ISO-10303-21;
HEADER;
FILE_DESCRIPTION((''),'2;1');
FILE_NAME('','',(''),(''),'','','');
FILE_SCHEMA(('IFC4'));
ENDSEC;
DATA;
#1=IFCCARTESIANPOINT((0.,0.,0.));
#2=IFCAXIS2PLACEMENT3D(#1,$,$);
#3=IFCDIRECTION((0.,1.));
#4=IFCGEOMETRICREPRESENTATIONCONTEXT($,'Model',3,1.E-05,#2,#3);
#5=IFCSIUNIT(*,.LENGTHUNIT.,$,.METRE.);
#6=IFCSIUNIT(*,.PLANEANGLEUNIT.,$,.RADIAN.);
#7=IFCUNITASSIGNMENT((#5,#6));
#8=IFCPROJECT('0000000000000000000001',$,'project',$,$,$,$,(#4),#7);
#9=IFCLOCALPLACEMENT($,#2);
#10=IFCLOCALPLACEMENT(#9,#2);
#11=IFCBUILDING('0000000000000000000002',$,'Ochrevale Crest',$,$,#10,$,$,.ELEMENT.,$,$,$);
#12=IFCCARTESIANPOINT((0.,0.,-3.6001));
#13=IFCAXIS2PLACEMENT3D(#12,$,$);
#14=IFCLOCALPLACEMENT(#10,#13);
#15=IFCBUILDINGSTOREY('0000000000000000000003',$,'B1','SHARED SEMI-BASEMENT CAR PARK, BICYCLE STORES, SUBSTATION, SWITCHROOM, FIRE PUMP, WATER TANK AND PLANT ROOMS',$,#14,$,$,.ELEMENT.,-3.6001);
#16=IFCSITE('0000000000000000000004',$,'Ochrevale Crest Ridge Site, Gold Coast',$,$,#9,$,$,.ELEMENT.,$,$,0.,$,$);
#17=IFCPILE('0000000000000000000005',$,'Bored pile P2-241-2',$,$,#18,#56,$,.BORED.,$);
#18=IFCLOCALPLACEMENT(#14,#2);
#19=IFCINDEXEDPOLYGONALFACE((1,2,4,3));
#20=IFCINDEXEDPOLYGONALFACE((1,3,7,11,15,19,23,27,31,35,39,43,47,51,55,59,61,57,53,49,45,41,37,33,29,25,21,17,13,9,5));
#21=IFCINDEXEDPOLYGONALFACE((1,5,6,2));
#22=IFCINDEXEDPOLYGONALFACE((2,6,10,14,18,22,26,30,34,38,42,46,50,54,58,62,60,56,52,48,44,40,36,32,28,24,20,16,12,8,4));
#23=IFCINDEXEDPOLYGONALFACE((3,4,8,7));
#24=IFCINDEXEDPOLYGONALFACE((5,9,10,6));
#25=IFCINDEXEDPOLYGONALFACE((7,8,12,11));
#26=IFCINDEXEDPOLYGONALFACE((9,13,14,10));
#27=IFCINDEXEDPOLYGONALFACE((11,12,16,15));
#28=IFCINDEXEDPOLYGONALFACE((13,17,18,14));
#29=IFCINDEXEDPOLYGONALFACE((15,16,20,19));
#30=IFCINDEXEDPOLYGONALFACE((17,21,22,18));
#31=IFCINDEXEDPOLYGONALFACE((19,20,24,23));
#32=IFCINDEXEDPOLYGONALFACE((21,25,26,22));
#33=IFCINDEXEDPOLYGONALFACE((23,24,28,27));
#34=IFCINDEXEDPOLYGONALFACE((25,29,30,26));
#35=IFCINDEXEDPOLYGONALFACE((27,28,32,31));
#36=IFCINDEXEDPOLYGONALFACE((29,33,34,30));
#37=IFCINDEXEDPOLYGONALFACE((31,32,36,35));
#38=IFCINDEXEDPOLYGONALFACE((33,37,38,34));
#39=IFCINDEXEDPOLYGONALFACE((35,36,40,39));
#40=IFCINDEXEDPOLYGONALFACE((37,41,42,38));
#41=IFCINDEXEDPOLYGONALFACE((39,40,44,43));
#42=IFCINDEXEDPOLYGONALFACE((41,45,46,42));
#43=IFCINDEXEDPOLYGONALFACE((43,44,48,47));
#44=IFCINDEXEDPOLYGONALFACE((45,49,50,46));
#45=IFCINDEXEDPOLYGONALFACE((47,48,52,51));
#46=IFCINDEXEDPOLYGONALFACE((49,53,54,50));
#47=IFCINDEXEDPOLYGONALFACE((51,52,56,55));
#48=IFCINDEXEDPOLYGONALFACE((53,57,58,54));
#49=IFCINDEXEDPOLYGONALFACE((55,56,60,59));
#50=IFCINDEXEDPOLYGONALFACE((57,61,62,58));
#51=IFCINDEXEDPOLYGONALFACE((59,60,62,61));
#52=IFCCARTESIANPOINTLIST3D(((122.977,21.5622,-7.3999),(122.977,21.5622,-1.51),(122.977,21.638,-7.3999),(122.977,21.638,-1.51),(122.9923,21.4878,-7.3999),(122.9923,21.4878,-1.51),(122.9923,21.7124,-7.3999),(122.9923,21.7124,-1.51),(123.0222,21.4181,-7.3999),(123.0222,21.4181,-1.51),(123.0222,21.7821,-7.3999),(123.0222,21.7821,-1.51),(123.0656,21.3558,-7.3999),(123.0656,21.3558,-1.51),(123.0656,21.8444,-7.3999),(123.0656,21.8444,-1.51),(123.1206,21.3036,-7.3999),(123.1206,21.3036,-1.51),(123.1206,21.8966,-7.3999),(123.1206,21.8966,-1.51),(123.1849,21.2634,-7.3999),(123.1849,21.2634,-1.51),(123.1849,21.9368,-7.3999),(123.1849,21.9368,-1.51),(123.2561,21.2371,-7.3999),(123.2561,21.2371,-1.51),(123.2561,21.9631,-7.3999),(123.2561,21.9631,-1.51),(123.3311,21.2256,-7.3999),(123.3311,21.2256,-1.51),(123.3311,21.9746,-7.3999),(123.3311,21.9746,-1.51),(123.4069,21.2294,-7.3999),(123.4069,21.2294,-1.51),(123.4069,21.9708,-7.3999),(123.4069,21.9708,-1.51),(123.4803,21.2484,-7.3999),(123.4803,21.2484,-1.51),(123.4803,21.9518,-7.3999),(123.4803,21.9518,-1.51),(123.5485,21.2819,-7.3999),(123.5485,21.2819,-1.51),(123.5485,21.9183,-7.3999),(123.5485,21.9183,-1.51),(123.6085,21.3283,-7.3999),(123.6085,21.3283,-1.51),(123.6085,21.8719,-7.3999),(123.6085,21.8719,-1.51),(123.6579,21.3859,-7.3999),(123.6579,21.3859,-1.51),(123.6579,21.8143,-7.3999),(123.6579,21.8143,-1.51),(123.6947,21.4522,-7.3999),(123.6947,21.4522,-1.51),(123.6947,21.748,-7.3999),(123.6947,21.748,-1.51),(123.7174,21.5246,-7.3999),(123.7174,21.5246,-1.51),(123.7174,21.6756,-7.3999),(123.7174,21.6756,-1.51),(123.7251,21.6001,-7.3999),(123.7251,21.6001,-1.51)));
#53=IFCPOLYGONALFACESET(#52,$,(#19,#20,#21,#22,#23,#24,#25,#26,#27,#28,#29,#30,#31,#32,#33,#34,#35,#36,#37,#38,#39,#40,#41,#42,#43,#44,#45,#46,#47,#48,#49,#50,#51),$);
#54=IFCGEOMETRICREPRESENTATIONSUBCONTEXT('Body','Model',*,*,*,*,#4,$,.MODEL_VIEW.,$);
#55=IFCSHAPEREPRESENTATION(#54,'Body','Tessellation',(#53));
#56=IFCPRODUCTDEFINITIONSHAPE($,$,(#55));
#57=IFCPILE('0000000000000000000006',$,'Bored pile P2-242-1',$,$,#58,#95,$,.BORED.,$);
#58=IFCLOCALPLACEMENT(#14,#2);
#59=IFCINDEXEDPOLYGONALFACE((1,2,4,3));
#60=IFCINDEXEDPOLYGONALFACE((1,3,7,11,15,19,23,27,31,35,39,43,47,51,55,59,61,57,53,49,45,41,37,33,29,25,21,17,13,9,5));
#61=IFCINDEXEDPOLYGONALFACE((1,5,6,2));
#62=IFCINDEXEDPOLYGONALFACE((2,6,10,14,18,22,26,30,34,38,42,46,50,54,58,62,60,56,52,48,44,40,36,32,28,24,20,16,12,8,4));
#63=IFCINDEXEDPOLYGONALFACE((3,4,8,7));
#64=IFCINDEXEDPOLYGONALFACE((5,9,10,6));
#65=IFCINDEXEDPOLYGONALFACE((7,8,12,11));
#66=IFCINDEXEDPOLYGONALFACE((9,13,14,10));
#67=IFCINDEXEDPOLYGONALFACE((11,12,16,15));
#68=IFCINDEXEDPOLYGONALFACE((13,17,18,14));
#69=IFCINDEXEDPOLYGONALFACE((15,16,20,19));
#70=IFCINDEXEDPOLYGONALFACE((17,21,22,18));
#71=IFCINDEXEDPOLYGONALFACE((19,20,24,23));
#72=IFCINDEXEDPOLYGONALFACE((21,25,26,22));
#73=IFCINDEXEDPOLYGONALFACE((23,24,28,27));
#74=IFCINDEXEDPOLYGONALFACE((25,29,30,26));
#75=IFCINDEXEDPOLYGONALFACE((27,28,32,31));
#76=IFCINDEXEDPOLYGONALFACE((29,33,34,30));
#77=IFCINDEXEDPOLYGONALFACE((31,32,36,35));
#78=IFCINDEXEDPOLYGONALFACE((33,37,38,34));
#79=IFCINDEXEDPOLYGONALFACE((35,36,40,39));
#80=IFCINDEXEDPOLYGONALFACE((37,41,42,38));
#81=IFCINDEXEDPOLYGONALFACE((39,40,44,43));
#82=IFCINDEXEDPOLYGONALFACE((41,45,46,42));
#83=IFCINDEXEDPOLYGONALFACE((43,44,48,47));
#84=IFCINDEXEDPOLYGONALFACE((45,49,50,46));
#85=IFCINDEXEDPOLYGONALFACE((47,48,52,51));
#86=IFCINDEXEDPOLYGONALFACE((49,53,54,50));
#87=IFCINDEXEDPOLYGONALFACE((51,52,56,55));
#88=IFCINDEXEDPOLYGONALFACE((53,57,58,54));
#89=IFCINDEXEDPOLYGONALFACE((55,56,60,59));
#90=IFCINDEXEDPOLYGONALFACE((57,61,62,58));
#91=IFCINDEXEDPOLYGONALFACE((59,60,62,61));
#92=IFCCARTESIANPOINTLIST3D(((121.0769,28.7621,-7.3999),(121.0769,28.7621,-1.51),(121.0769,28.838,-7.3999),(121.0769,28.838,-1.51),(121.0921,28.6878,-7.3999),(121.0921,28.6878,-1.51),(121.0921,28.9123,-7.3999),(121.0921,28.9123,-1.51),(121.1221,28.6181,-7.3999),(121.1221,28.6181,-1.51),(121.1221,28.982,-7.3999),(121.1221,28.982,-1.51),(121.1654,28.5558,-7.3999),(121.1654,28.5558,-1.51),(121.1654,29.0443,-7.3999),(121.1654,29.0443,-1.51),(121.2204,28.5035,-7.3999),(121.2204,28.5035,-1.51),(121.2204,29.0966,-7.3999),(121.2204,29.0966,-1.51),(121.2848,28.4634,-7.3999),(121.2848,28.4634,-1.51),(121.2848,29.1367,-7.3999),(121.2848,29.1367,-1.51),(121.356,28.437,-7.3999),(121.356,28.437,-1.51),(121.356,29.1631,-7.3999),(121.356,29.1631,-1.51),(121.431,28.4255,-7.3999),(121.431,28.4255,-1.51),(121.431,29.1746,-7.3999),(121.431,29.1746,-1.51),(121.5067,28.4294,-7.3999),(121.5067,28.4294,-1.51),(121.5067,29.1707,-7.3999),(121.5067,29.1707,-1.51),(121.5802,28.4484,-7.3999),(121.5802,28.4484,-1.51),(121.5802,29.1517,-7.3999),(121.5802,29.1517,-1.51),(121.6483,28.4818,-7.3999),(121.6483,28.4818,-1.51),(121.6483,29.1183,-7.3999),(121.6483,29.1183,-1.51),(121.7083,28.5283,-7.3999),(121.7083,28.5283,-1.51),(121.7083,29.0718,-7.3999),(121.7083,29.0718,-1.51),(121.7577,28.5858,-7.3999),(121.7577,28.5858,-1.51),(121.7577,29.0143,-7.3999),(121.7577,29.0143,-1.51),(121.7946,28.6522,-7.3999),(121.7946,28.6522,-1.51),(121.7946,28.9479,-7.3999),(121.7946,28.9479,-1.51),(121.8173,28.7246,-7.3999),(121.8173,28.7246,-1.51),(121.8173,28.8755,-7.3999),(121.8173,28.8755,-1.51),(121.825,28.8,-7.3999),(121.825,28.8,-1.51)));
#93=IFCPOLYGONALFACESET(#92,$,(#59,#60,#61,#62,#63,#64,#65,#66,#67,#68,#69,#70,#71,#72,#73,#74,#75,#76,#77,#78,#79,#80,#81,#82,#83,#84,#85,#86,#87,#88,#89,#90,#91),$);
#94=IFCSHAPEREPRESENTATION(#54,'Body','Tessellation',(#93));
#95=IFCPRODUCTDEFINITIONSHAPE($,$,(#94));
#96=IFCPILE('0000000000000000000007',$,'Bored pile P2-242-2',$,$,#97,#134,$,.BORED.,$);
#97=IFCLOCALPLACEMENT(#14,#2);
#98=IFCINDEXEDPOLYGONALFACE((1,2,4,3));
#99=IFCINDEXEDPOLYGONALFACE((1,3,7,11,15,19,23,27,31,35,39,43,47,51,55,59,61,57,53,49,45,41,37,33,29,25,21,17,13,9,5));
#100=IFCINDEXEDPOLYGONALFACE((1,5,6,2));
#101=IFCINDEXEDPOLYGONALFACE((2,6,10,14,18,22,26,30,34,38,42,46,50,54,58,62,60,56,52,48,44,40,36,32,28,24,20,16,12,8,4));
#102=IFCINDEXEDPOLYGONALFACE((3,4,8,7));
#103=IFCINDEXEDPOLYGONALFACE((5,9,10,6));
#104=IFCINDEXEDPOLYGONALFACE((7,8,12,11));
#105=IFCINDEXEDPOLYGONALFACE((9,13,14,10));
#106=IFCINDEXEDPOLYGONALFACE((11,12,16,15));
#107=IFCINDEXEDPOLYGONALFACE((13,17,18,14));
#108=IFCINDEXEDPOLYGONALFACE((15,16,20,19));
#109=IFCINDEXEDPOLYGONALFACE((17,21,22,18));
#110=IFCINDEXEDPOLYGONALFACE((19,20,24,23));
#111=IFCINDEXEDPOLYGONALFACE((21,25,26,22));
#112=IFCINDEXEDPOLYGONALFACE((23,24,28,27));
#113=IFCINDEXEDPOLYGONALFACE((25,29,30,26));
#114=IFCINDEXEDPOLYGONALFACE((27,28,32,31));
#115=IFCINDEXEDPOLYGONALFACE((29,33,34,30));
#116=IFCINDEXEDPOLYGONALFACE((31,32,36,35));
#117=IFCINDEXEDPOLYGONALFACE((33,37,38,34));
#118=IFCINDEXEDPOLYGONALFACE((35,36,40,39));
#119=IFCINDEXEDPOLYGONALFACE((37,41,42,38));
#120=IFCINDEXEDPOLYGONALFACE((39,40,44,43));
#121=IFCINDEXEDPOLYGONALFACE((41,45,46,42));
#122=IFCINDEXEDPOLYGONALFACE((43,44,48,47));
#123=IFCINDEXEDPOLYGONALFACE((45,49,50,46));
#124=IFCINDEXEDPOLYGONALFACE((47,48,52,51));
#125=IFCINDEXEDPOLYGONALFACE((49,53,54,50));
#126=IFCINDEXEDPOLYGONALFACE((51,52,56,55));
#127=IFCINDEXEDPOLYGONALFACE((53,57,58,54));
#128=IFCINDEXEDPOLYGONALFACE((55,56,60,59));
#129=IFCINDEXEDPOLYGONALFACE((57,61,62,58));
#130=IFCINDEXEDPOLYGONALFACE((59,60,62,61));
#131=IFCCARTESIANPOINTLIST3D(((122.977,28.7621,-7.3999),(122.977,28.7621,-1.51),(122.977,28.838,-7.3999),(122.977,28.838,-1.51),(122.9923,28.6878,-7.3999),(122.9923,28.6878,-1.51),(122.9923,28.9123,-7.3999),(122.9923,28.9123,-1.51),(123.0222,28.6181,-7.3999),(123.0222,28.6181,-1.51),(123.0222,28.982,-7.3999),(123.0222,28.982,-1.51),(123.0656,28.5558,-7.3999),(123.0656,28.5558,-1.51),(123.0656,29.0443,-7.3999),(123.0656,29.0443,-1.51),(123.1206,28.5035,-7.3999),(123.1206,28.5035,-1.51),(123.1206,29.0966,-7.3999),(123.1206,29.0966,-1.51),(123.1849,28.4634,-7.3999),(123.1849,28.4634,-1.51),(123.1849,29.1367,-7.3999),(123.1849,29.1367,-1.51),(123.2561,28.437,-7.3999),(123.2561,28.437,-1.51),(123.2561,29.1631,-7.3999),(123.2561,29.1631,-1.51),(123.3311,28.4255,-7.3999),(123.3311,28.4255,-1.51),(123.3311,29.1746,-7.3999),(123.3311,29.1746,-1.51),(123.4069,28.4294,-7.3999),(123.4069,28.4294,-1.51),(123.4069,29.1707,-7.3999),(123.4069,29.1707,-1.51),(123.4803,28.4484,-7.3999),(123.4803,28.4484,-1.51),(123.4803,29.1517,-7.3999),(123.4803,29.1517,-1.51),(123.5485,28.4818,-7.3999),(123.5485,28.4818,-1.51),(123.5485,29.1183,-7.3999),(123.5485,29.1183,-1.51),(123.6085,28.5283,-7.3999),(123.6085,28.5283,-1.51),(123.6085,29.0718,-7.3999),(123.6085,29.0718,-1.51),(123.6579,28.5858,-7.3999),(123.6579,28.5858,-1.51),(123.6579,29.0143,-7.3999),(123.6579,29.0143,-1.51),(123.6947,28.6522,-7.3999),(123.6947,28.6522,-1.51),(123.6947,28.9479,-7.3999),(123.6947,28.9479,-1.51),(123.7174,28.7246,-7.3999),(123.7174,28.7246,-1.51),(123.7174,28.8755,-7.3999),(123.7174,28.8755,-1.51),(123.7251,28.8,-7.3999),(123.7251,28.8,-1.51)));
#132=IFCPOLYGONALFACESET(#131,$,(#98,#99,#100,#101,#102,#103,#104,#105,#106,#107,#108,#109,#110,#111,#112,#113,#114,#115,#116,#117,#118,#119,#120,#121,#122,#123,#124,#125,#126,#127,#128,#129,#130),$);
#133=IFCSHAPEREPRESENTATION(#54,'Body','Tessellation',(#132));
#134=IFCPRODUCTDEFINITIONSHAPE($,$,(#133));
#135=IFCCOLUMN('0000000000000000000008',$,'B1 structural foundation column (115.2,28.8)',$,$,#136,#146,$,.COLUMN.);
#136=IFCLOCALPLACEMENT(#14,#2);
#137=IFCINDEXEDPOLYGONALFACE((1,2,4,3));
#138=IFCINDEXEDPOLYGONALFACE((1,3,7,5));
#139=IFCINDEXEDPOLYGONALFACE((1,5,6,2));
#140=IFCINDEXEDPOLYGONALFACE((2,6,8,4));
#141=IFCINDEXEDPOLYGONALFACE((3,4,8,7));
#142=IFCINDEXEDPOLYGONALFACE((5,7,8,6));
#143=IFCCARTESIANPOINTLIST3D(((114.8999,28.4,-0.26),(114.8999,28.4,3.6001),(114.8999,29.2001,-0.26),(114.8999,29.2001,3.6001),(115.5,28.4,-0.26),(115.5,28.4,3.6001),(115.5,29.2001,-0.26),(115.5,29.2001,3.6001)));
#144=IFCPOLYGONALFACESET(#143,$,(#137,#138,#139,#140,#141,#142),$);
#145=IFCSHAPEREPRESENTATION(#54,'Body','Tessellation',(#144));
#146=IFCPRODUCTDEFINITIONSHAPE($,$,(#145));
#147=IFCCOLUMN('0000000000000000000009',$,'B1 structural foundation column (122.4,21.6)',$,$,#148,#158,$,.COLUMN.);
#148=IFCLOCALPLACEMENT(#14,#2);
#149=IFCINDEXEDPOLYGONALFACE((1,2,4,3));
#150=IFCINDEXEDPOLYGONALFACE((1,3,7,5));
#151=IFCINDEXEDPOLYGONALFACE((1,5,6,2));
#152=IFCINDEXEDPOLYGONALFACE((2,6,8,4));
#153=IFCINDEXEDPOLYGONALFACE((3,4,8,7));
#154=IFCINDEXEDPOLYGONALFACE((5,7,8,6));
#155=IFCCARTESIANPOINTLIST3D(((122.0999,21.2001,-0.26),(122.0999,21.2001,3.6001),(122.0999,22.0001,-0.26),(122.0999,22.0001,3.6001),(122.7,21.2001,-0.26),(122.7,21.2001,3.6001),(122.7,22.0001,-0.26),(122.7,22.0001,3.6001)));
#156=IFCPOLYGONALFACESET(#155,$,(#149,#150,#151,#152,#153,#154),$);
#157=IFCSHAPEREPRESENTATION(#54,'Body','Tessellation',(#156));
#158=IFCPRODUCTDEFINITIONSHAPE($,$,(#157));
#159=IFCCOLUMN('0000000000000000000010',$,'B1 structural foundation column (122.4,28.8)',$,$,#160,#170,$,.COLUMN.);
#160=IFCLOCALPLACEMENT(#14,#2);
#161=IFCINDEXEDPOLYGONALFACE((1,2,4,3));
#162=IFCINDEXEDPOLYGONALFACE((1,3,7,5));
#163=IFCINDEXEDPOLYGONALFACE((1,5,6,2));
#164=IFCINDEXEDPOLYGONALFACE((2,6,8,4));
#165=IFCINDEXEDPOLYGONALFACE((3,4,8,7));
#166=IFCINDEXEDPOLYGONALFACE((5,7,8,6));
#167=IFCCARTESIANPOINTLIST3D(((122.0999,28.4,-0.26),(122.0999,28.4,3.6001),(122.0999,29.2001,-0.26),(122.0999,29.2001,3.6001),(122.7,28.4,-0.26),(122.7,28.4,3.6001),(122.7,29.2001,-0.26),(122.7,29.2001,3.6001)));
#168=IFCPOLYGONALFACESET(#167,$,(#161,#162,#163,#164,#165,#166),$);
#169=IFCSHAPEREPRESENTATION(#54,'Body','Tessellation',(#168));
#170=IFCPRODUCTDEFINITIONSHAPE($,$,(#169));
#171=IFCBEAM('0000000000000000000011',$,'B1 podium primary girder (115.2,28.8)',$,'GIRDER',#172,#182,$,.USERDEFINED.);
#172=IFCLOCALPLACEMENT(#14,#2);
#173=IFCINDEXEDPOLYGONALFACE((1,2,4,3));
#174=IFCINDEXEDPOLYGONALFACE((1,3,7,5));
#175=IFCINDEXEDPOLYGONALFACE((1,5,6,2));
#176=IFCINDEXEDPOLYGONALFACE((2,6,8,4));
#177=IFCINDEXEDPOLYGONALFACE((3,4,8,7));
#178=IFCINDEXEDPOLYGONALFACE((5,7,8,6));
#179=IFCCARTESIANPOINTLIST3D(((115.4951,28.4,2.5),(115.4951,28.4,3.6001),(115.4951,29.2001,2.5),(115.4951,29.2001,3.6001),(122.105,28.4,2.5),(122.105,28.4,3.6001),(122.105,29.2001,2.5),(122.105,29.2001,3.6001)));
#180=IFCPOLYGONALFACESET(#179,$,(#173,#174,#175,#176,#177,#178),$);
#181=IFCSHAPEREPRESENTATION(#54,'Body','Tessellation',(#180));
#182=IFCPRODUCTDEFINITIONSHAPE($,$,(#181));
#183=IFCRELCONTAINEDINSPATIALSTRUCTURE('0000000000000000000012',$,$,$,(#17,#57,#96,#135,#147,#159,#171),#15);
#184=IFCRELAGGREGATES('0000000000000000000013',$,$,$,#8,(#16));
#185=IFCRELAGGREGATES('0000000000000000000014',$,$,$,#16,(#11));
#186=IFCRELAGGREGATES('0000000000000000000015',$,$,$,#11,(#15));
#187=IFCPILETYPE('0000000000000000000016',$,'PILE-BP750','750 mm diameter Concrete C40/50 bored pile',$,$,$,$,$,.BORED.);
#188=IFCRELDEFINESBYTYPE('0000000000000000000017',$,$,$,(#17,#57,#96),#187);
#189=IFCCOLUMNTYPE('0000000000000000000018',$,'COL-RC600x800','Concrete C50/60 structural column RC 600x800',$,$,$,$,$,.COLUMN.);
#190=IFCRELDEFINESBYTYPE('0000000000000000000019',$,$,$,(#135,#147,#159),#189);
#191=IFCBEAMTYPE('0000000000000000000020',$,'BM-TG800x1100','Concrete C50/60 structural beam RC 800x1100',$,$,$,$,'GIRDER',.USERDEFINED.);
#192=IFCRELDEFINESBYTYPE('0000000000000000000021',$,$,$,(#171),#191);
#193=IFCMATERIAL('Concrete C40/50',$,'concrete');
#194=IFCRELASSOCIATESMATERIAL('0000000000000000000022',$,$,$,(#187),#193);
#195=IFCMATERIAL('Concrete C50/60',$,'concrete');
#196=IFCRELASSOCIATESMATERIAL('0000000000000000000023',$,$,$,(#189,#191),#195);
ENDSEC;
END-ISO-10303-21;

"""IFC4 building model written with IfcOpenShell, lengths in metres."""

from ifc_helpers import new_model, si_unit, direction, frame, origin, origin_2d, place, context, subcontext, project, spatial, rectangle, circle, extrude, material, material_profile, profile_set, type_object, element, save


model = new_model("IFC4")

# Units and contexts
model_context = context("Model", 3, precision=1e-05, world=origin(), true_north=direction((0.0, 1.0)))
body_context = subcontext(model_context, "Body", "Model", "MODEL_VIEW")
ifc_project = project(units=[si_unit("LENGTHUNIT", "METRE"), si_unit("PLANEANGLEUNIT", "RADIAN")], contexts=[model_context])

# Site, building, storey
site_placement = place(None, origin())
site = spatial("IfcSite", under=ifc_project, at=site_placement, Name="Ochrevale Crest Ridge Site, Gold Coast", CompositionType="ELEMENT", RefElevation=0.0)
building_placement = place(site_placement, origin())
building = spatial("IfcBuilding", under=site, at=building_placement, Name="Ochrevale Crest", CompositionType="ELEMENT")
storey_placement = place(building_placement, frame((0.0, 0.0, -3.6001)))
storey = spatial("IfcBuildingStorey", under=building, at=storey_placement, Name="B1", Description="SHARED SEMI-BASEMENT CAR PARK, BICYCLE STORES, SUBSTATION, SWITCHROOM, FIRE PUMP, WATER TANK AND PLANT ROOMS", CompositionType="ELEMENT", Elevation=-3.6001)

# Shared definitions
ifc_material_1 = material(Name="Concrete C40/50", Category="concrete")

# Piles
ifc_material_profile_1 = material_profile(ifc_material_1, circle(Radius=0.375, at=origin_2d()), Name="BORED PILE 750")
ifc_profile_set_1 = profile_set([ifc_material_profile_1], Name="Concrete C40/50")
pile_type = type_object("IfcPileType", Name="PILE-BP750", Description="750 mm diameter Concrete C40/50 bored pile", PredefinedType="BORED", material=ifc_profile_set_1)
for number, where, z_axis, x_axis, name in (
    (1, (123.3501, 21.6001, -1.51), (0.0, 0.0, -1.0), (1.0, 0.0, 0.0), "Bored pile P2-241-2"),
    (2, (121.45, 28.8, -1.51), (0.0, 0.0, -1.0), (1.0, 0.0, 0.0), "Bored pile P2-242-1"),
    (3, (123.3501, 28.8, -1.51), (0.0, 0.0, -1.0), (1.0, 0.0, 0.0), "Bored pile P2-242-2"),
):
    element("IfcPile", number, at=place(storey_placement, frame(where, z_axis=z_axis, x_axis=x_axis)), inside=storey, type_object=pile_type, Name=name, PredefinedType="BORED", context=body_context, shape_type="SweptSolid", body=[
        extrude(circle(Radius=0.375, at=origin_2d()), origin(), (0.0, 0.0, 1.0), 5.8899),
    ])

# Columns
ifc_material_2 = material(Name="Concrete C50/60", Category="concrete")
ifc_material_profile_2 = material_profile(ifc_material_2, rectangle(XDim=0.6001, YDim=0.8, at=origin_2d()), Name="RC 600x800")
ifc_profile_set_2 = profile_set([ifc_material_profile_2], Name="Concrete C50/60")
column_type = type_object("IfcColumnType", Name="COL-RC600x800", Description="Concrete C50/60 structural column RC 600x800", PredefinedType="COLUMN", material=ifc_profile_set_2)
for number, where, z_axis, x_axis, name in (
    (4, (115.2, 28.8, -0.26), (0.0, 0.0, 1.0), (1.0, 0.0, 0.0), "B1 structural foundation column (115.2,28.8)"),
    (5, (122.3999, 21.6001, -0.26), (0.0, 0.0, 1.0), (1.0, 0.0, 0.0), "B1 structural foundation column (122.4,21.6)"),
    (6, (122.3999, 28.8, -0.26), (0.0, 0.0, 1.0), (1.0, 0.0, 0.0), "B1 structural foundation column (122.4,28.8)"),
):
    element("IfcColumn", number, at=place(storey_placement, frame(where, z_axis=z_axis, x_axis=x_axis)), inside=storey, type_object=column_type, Name=name, PredefinedType="COLUMN", context=body_context, shape_type="SweptSolid", body=[
        extrude(rectangle(XDim=0.6001, YDim=0.8, at=origin_2d()), origin(), (0.0, 0.0, 1.0), 3.8601),
    ])

# Beam
ifc_material_profile_3 = material_profile(ifc_material_2, rectangle(XDim=0.8, YDim=1.1001, at=origin_2d()), Name="RC 800x1100")
ifc_profile_set_3 = profile_set([ifc_material_profile_3], Name="Concrete C50/60")
beam_type_1 = type_object("IfcBeamType", Name="BM-TG800x1100", Description="Concrete C50/60 structural beam RC 800x1100", ElementType="GIRDER", PredefinedType="USERDEFINED", material=ifc_profile_set_3)
beam_placement = place(storey_placement, frame((115.4951, 28.8, 3.05), z_axis=(1.0, 0.0, 0.0), x_axis=(0.0, 1.0, 0.0)))
element("IfcBeam", 7, at=beam_placement, inside=storey, type_object=beam_type_1, Name="B1 podium primary girder (115.2,28.8)", ObjectType="GIRDER", PredefinedType="USERDEFINED", context=body_context, shape_type="SweptSolid", body=[
    extrude(rectangle(XDim=0.8, YDim=1.1001, at=origin_2d()), origin(), (0.0, 0.0, 1.0), 6.6099),
])

save(model, "model.ifc")
